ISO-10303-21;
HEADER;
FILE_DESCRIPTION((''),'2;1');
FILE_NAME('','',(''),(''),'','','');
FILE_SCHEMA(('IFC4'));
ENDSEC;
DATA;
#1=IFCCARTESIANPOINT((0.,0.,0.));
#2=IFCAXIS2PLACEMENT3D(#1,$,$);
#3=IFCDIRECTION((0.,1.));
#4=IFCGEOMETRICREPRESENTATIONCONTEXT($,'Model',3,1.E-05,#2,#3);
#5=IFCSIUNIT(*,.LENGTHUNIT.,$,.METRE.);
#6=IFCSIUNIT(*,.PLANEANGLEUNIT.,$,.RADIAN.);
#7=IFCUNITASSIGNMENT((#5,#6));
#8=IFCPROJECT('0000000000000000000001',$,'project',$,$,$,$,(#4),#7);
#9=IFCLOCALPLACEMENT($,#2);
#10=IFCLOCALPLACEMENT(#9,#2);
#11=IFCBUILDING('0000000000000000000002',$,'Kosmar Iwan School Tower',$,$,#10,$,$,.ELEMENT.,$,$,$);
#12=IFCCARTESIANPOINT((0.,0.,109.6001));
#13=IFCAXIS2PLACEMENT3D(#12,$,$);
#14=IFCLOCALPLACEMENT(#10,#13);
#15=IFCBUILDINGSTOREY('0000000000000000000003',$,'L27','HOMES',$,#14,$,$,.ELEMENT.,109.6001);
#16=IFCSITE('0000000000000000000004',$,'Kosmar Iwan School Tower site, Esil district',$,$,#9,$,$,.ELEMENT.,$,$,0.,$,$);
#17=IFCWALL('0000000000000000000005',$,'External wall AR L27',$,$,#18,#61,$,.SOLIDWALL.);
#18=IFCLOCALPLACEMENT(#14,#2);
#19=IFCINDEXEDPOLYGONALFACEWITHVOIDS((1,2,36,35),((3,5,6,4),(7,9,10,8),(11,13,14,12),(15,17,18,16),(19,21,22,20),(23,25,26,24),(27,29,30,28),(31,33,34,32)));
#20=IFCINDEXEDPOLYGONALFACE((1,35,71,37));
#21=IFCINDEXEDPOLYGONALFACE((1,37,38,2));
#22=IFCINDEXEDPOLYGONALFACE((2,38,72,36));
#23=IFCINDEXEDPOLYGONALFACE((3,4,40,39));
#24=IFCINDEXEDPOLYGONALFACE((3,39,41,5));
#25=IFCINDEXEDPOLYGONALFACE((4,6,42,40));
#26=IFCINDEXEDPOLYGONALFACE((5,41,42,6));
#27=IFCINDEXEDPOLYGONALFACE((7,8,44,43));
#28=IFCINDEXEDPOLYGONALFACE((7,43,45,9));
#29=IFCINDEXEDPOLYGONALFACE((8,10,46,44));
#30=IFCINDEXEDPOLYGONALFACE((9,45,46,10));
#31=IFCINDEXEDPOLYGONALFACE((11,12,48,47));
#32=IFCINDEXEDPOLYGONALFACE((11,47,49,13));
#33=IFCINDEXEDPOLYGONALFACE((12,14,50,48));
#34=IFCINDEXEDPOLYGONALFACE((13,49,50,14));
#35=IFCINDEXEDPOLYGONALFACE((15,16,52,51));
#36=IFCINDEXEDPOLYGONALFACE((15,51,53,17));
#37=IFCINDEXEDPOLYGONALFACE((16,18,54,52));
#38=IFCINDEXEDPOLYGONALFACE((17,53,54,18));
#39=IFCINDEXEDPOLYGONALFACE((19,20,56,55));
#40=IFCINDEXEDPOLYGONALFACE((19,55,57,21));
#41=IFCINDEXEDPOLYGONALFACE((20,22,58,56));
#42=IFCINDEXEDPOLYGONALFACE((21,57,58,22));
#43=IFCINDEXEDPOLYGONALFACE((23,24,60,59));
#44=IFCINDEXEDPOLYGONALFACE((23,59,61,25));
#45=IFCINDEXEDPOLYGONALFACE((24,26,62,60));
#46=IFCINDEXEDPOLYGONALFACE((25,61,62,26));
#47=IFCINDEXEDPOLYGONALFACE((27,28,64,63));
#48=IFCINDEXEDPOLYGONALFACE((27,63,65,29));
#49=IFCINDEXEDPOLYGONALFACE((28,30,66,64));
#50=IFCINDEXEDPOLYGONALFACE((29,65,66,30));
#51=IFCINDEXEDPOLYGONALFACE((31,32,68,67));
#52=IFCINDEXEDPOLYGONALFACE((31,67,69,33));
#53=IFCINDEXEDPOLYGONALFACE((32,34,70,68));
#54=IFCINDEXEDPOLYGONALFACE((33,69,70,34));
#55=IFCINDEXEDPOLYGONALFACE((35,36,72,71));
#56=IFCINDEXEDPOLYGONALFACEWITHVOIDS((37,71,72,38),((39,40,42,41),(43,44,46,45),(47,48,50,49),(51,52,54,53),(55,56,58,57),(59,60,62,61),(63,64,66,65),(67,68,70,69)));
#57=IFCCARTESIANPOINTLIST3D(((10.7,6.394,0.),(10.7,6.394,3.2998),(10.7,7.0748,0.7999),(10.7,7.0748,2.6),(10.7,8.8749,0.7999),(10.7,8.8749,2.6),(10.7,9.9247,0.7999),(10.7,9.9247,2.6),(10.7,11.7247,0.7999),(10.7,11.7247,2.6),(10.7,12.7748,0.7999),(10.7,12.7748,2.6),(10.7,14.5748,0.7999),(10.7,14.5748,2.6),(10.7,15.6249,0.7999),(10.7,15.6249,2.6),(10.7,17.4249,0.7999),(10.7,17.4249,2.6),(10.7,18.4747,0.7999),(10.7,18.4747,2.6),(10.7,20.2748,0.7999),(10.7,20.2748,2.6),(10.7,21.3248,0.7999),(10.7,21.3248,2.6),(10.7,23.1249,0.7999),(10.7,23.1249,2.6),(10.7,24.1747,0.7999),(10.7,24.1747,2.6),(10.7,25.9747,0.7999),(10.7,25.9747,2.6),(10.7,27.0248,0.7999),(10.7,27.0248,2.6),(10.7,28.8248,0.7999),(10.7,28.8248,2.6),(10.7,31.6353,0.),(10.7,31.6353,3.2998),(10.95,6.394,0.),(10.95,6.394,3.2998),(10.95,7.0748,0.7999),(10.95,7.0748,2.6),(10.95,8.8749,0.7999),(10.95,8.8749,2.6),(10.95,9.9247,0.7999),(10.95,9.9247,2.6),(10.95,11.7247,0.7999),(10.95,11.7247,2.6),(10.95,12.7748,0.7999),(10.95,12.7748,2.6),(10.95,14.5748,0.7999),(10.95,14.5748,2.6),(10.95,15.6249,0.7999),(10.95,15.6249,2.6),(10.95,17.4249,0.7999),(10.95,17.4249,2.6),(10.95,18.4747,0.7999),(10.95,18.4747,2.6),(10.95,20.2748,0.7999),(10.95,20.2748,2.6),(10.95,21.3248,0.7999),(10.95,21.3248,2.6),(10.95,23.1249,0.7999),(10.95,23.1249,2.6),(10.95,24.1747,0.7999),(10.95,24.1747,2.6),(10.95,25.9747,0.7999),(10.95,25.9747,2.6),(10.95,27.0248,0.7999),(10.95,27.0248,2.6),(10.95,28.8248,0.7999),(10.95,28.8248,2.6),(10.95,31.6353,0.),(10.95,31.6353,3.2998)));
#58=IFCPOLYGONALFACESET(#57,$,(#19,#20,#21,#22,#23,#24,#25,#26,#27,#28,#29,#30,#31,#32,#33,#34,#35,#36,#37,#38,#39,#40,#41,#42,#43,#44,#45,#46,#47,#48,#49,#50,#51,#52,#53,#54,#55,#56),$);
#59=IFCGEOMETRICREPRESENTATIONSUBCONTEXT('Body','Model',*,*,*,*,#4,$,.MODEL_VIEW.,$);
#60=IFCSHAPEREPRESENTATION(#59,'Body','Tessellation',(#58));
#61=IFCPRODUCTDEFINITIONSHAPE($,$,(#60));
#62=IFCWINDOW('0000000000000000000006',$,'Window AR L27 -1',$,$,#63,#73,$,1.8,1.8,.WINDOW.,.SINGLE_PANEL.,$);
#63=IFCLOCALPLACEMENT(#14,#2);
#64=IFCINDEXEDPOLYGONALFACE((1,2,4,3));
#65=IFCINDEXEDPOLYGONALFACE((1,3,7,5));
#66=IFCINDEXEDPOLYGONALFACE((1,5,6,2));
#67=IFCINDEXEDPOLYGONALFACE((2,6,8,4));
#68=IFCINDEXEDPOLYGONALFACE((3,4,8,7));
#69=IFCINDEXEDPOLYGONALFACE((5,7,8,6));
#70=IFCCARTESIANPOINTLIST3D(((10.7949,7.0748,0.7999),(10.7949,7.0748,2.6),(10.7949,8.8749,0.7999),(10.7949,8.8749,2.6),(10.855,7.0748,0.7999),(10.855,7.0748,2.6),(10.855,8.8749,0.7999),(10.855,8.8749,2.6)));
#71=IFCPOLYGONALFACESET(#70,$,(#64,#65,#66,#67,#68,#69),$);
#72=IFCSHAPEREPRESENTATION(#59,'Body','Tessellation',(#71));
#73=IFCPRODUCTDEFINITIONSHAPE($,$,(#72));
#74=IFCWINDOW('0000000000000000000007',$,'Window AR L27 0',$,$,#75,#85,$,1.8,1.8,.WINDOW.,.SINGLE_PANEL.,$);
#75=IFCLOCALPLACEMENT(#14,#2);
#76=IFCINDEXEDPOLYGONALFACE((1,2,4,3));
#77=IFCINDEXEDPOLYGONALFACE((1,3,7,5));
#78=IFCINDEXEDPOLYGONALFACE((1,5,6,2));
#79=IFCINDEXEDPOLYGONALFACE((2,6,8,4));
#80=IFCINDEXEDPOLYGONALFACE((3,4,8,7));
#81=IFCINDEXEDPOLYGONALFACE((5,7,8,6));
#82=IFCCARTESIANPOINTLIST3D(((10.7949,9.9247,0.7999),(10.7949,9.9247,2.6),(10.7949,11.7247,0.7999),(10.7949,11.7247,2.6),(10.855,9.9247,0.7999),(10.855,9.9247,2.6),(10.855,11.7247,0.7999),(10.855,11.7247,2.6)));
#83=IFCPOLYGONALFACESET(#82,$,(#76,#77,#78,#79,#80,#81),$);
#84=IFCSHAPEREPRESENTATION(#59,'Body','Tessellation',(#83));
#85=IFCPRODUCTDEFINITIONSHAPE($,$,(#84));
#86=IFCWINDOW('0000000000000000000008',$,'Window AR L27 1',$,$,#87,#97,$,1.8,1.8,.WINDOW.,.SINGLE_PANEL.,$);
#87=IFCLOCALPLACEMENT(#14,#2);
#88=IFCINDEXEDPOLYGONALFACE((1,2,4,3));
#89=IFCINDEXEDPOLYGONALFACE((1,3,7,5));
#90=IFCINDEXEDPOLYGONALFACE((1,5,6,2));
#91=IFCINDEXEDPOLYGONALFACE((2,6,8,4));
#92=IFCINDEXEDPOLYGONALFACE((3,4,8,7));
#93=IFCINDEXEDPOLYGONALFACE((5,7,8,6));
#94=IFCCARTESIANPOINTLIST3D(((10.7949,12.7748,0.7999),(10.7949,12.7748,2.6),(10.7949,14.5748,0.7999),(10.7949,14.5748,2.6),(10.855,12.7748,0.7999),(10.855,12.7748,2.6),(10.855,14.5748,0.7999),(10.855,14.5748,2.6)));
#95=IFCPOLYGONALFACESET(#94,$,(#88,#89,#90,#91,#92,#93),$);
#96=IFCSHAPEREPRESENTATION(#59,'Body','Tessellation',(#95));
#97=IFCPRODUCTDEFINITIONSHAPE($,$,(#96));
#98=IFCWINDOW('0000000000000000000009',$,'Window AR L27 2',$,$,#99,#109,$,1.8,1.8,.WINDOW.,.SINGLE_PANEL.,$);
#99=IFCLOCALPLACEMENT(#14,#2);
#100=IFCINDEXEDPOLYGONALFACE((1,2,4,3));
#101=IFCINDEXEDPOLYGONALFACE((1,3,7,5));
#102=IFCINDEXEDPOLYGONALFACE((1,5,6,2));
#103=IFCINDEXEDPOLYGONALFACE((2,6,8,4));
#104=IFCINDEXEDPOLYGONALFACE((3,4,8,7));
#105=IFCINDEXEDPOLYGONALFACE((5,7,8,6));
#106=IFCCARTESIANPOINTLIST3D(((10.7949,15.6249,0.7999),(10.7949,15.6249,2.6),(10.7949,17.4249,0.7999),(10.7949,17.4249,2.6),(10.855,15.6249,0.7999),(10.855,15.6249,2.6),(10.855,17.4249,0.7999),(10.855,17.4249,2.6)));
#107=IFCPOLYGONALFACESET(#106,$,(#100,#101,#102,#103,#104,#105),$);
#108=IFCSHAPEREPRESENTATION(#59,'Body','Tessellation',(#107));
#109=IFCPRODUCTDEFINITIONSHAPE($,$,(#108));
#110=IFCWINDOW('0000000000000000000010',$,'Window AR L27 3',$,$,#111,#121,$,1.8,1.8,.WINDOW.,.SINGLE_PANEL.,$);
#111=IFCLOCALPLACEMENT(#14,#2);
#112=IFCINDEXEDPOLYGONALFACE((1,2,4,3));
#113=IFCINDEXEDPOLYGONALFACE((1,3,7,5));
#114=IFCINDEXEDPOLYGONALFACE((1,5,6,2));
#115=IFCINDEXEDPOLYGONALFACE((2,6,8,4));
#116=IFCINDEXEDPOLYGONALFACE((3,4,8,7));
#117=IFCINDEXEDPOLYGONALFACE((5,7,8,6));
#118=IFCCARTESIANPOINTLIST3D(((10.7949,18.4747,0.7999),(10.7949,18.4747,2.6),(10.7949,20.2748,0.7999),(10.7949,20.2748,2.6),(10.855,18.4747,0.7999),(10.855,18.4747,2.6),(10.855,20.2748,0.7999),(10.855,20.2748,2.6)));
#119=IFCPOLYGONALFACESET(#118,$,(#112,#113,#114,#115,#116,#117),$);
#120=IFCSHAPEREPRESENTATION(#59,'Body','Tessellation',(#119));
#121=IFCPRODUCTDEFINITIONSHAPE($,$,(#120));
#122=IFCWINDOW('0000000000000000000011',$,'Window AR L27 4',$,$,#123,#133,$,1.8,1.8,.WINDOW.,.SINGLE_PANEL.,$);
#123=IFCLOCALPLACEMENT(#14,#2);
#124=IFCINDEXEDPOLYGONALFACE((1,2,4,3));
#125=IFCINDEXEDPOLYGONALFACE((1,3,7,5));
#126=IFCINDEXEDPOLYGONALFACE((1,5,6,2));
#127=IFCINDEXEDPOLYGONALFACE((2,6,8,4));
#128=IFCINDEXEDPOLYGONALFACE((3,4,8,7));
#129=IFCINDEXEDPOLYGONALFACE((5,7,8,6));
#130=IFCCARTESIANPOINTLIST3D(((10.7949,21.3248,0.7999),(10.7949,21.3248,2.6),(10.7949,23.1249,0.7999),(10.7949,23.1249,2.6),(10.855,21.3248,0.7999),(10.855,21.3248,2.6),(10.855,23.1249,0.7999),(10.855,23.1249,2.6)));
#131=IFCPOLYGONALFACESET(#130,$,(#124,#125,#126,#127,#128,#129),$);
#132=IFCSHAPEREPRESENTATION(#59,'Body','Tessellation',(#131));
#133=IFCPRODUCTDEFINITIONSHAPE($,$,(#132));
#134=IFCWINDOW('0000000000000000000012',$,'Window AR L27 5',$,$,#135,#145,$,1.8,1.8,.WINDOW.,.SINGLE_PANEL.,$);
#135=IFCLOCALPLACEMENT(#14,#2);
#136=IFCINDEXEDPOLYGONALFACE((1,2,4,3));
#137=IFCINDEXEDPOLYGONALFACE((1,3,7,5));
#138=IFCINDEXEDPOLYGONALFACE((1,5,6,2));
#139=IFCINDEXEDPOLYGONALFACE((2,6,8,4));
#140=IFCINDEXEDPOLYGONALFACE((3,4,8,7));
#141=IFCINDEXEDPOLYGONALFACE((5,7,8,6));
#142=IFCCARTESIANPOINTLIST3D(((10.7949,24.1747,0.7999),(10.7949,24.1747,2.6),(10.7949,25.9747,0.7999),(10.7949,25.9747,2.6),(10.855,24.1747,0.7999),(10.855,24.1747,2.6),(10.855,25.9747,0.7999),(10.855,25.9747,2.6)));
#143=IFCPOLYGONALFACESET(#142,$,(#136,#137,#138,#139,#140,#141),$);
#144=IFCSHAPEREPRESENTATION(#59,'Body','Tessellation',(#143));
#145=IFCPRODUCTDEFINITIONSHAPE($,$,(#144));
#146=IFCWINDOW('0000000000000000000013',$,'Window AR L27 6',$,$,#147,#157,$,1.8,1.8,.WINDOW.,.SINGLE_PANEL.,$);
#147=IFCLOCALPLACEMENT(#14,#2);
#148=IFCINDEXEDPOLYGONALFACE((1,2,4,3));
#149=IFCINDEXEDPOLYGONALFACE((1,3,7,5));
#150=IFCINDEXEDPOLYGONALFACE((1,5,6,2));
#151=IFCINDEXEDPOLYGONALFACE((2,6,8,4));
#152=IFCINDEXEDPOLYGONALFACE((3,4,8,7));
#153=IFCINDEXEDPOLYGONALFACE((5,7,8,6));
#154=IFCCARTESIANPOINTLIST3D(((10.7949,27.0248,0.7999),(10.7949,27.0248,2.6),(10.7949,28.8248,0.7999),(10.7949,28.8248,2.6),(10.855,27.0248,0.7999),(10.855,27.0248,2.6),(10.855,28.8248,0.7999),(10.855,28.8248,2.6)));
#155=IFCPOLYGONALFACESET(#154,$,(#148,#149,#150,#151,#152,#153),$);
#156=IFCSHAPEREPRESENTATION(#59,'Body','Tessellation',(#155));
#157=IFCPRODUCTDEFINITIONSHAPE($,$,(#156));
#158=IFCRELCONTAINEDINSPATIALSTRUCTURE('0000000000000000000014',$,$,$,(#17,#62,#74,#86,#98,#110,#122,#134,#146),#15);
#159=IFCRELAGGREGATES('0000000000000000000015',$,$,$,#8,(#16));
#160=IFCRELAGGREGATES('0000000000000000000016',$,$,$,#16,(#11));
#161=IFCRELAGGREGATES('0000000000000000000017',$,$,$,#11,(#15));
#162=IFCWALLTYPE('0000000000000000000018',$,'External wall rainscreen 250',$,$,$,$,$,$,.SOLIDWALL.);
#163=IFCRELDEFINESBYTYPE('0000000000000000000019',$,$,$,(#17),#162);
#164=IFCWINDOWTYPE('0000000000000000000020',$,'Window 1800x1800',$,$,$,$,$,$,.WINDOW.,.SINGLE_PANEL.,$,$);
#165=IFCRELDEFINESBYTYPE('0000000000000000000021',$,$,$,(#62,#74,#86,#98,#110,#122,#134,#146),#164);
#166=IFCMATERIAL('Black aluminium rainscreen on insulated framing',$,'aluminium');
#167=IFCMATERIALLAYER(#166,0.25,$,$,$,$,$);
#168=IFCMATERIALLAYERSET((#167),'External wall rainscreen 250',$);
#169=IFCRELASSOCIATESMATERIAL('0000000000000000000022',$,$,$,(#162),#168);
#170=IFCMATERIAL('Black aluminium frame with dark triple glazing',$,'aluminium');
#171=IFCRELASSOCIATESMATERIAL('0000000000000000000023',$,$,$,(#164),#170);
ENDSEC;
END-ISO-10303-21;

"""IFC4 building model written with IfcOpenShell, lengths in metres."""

from ifc_helpers import new_model, si_unit, direction, frame, frame_2d, origin, place, context, subcontext, project, spatial, rectangle, extrude, material, layer, layer_set, type_object, element, fill, save


model = new_model("IFC4")

# Units and contexts
model_context = context("Model", 3, precision=1e-05, world=origin(), true_north=direction((0.0, 1.0)))
body_context = subcontext(model_context, "Body", "Model", "MODEL_VIEW")
ifc_project = project(units=[si_unit("LENGTHUNIT", "METRE"), si_unit("PLANEANGLEUNIT", "RADIAN")], contexts=[model_context])

# Site, building, storey
site_placement = place(None, origin())
site = spatial("IfcSite", under=ifc_project, at=site_placement, Name="Kosmar Iwan School Tower site, Esil district", CompositionType="ELEMENT", RefElevation=0.0)
building_placement = place(site_placement, origin())
building = spatial("IfcBuilding", under=site, at=building_placement, Name="Kosmar Iwan School Tower", CompositionType="ELEMENT")
storey_placement = place(building_placement, frame((0.0, 0.0, 109.6001)))
storey = spatial("IfcBuildingStorey", under=building, at=storey_placement, Name="L27", Description="HOMES", CompositionType="ELEMENT", Elevation=109.6001)

# Wall, openings, windows
ifc_material_1 = material(Name="Black aluminium rainscreen on insulated framing", Category="aluminium")
ifc_layer = layer(ifc_material_1, 0.25)
ifc_layer_set = layer_set([ifc_layer], Name="External wall rainscreen 250")
wall_type = type_object("IfcWallType", Name="External wall rainscreen 250", PredefinedType="SOLIDWALL", material=ifc_layer_set)
ifc_material_2 = material(Name="Black aluminium frame with dark triple glazing", Category="aluminium")
window_type = type_object("IfcWindowType", Name="Window 1800x1800", PartitioningType="SINGLE_PANEL", PredefinedType="WINDOW", material=ifc_material_2)
wall_1_placement = place(storey_placement, frame((10.825, 6.394, 0.0), z_axis=(0.0, 0.0, 1.0), x_axis=(0.0, 1.0, 0.0)))
wall_1 = element("IfcWall", 1, at=wall_1_placement, inside=storey, type_object=wall_type, Name="External wall AR L27", PredefinedType="SOLIDWALL", context=body_context, shape_type="SweptSolid", body=[
    extrude(rectangle(XDim=25.2412, YDim=0.25, at=frame_2d((12.6206, 0.0))), origin(), (0.0, 0.0, 1.0), 3.2998),
])
opening_1_placement = place(wall_1_placement, frame((0.6809, 0.0, 0.8)))
opening_1 = element("IfcOpeningElement", 2, at=opening_1_placement, cuts=wall_1, PredefinedType="OPENING", context=body_context, shape_type="SweptSolid", body=[
    extrude(rectangle(XDim=1.8, YDim=1.8, at=frame_2d((0.8999, 0.8999))), frame((0.0, 0.137, 0.0), z_axis=(0.0, -1.0, 0.0), x_axis=(1.0, 0.0, 0.0)), (0.0, 0.0, 1.0), 0.2739),
])
opening_2_placement = place(wall_1_placement, frame((3.5308, 0.0, 0.8)))
opening_2 = element("IfcOpeningElement", 3, at=opening_2_placement, cuts=wall_1, PredefinedType="OPENING", context=body_context, shape_type="SweptSolid", body=[
    extrude(rectangle(XDim=1.8, YDim=1.8, at=frame_2d((0.8999, 0.8999))), frame((0.0, 0.137, 0.0), z_axis=(0.0, -1.0, 0.0), x_axis=(1.0, 0.0, 0.0)), (0.0, 0.0, 1.0), 0.2739),
])
opening_3_placement = place(wall_1_placement, frame((6.3809, 0.0, 0.8)))
opening_3 = element("IfcOpeningElement", 4, at=opening_3_placement, cuts=wall_1, PredefinedType="OPENING", context=body_context, shape_type="SweptSolid", body=[
    extrude(rectangle(XDim=1.8, YDim=1.8, at=frame_2d((0.8999, 0.8999))), frame((0.0, 0.137, 0.0), z_axis=(0.0, -1.0, 0.0), x_axis=(1.0, 0.0, 0.0)), (0.0, 0.0, 1.0), 0.2739),
])
opening_4_placement = place(wall_1_placement, frame((9.231, 0.0, 0.8)))
opening_4 = element("IfcOpeningElement", 5, at=opening_4_placement, cuts=wall_1, PredefinedType="OPENING", context=body_context, shape_type="SweptSolid", body=[
    extrude(rectangle(XDim=1.8, YDim=1.8, at=frame_2d((0.8999, 0.8999))), frame((0.0, 0.137, 0.0), z_axis=(0.0, -1.0, 0.0), x_axis=(1.0, 0.0, 0.0)), (0.0, 0.0, 1.0), 0.2739),
])
opening_5_placement = place(wall_1_placement, frame((12.0808, 0.0, 0.8)))
opening_5 = element("IfcOpeningElement", 6, at=opening_5_placement, cuts=wall_1, PredefinedType="OPENING", context=body_context, shape_type="SweptSolid", body=[
    extrude(rectangle(XDim=1.8, YDim=1.8, at=frame_2d((0.8999, 0.8999))), frame((0.0, 0.137, 0.0), z_axis=(0.0, -1.0, 0.0), x_axis=(1.0, 0.0, 0.0)), (0.0, 0.0, 1.0), 0.2739),
])
opening_6_placement = place(wall_1_placement, frame((14.9309, 0.0, 0.8)))
opening_6 = element("IfcOpeningElement", 7, at=opening_6_placement, cuts=wall_1, PredefinedType="OPENING", context=body_context, shape_type="SweptSolid", body=[
    extrude(rectangle(XDim=1.8, YDim=1.8, at=frame_2d((0.8999, 0.8999))), frame((0.0, 0.137, 0.0), z_axis=(0.0, -1.0, 0.0), x_axis=(1.0, 0.0, 0.0)), (0.0, 0.0, 1.0), 0.2739),
])
opening_7_placement = place(wall_1_placement, frame((17.7808, 0.0, 0.8)))
opening_7 = element("IfcOpeningElement", 8, at=opening_7_placement, cuts=wall_1, PredefinedType="OPENING", context=body_context, shape_type="SweptSolid", body=[
    extrude(rectangle(XDim=1.8, YDim=1.8, at=frame_2d((0.8999, 0.8999))), frame((0.0, 0.137, 0.0), z_axis=(0.0, -1.0, 0.0), x_axis=(1.0, 0.0, 0.0)), (0.0, 0.0, 1.0), 0.2739),
])
opening_8_placement = place(wall_1_placement, frame((20.6309, 0.0, 0.8)))
opening_8 = element("IfcOpeningElement", 9, at=opening_8_placement, cuts=wall_1, PredefinedType="OPENING", context=body_context, shape_type="SweptSolid", body=[
    extrude(rectangle(XDim=1.8, YDim=1.8, at=frame_2d((0.8999, 0.8999))), frame((0.0, 0.137, 0.0), z_axis=(0.0, -1.0, 0.0), x_axis=(1.0, 0.0, 0.0)), (0.0, 0.0, 1.0), 0.2739),
])
window_1_placement = place(opening_1_placement, origin())
window_1 = element("IfcWindow", 10, at=window_1_placement, inside=storey, type_object=window_type, Name="Window AR L27 -1", OverallHeight=1.8, OverallWidth=1.8, PartitioningType="SINGLE_PANEL", PredefinedType="WINDOW", context=body_context, shape_type="SweptSolid", body=[
    extrude(rectangle(XDim=1.8, YDim=1.8, at=frame_2d((0.8999, 0.8999))), frame((0.0, 0.03, 0.0), z_axis=(0.0, -1.0, 0.0), x_axis=(1.0, 0.0, 0.0)), (0.0, 0.0, 1.0), 0.0601),
])
fill(opening_1, window_1)
window_2_placement = place(opening_2_placement, origin())
window_2 = element("IfcWindow", 11, at=window_2_placement, inside=storey, type_object=window_type, Name="Window AR L27 0", OverallHeight=1.8, OverallWidth=1.8, PartitioningType="SINGLE_PANEL", PredefinedType="WINDOW", context=body_context, shape_type="SweptSolid", body=[
    extrude(rectangle(XDim=1.8, YDim=1.8, at=frame_2d((0.8999, 0.8999))), frame((0.0, 0.03, 0.0), z_axis=(0.0, -1.0, 0.0), x_axis=(1.0, 0.0, 0.0)), (0.0, 0.0, 1.0), 0.0601),
])
fill(opening_2, window_2)
window_3_placement = place(opening_3_placement, origin())
window_3 = element("IfcWindow", 12, at=window_3_placement, inside=storey, type_object=window_type, Name="Window AR L27 1", OverallHeight=1.8, OverallWidth=1.8, PartitioningType="SINGLE_PANEL", PredefinedType="WINDOW", context=body_context, shape_type="SweptSolid", body=[
    extrude(rectangle(XDim=1.8, YDim=1.8, at=frame_2d((0.8999, 0.8999))), frame((0.0, 0.03, 0.0), z_axis=(0.0, -1.0, 0.0), x_axis=(1.0, 0.0, 0.0)), (0.0, 0.0, 1.0), 0.0601),
])
fill(opening_3, window_3)
window_4_placement = place(opening_4_placement, origin())
window_4 = element("IfcWindow", 13, at=window_4_placement, inside=storey, type_object=window_type, Name="Window AR L27 2", OverallHeight=1.8, OverallWidth=1.8, PartitioningType="SINGLE_PANEL", PredefinedType="WINDOW", context=body_context, shape_type="SweptSolid", body=[
    extrude(rectangle(XDim=1.8, YDim=1.8, at=frame_2d((0.8999, 0.8999))), frame((0.0, 0.03, 0.0), z_axis=(0.0, -1.0, 0.0), x_axis=(1.0, 0.0, 0.0)), (0.0, 0.0, 1.0), 0.0601),
])
fill(opening_4, window_4)
window_5_placement = place(opening_5_placement, origin())
window_5 = element("IfcWindow", 14, at=window_5_placement, inside=storey, type_object=window_type, Name="Window AR L27 3", OverallHeight=1.8, OverallWidth=1.8, PartitioningType="SINGLE_PANEL", PredefinedType="WINDOW", context=body_context, shape_type="SweptSolid", body=[
    extrude(rectangle(XDim=1.8, YDim=1.8, at=frame_2d((0.8999, 0.8999))), frame((0.0, 0.03, 0.0), z_axis=(0.0, -1.0, 0.0), x_axis=(1.0, 0.0, 0.0)), (0.0, 0.0, 1.0), 0.0601),
])
fill(opening_5, window_5)
window_6_placement = place(opening_6_placement, origin())
window_6 = element("IfcWindow", 15, at=window_6_placement, inside=storey, type_object=window_type, Name="Window AR L27 4", OverallHeight=1.8, OverallWidth=1.8, PartitioningType="SINGLE_PANEL", PredefinedType="WINDOW", context=body_context, shape_type="SweptSolid", body=[
    extrude(rectangle(XDim=1.8, YDim=1.8, at=frame_2d((0.8999, 0.8999))), frame((0.0, 0.03, 0.0), z_axis=(0.0, -1.0, 0.0), x_axis=(1.0, 0.0, 0.0)), (0.0, 0.0, 1.0), 0.0601),
])
fill(opening_6, window_6)
window_7_placement = place(opening_7_placement, origin())
window_7 = element("IfcWindow", 16, at=window_7_placement, inside=storey, type_object=window_type, Name="Window AR L27 5", OverallHeight=1.8, OverallWidth=1.8, PartitioningType="SINGLE_PANEL", PredefinedType="WINDOW", context=body_context, shape_type="SweptSolid", body=[
    extrude(rectangle(XDim=1.8, YDim=1.8, at=frame_2d((0.8999, 0.8999))), frame((0.0, 0.03, 0.0), z_axis=(0.0, -1.0, 0.0), x_axis=(1.0, 0.0, 0.0)), (0.0, 0.0, 1.0), 0.0601),
])
fill(opening_7, window_7)
window_8_placement = place(opening_8_placement, origin())
window_8 = element("IfcWindow", 17, at=window_8_placement, inside=storey, type_object=window_type, Name="Window AR L27 6", OverallHeight=1.8, OverallWidth=1.8, PartitioningType="SINGLE_PANEL", PredefinedType="WINDOW", context=body_context, shape_type="SweptSolid", body=[
    extrude(rectangle(XDim=1.8, YDim=1.8, at=frame_2d((0.8999, 0.8999))), frame((0.0, 0.03, 0.0), z_axis=(0.0, -1.0, 0.0), x_axis=(1.0, 0.0, 0.0)), (0.0, 0.0, 1.0), 0.0601),
])
fill(opening_8, window_8)

save(model, "model.ifc")
